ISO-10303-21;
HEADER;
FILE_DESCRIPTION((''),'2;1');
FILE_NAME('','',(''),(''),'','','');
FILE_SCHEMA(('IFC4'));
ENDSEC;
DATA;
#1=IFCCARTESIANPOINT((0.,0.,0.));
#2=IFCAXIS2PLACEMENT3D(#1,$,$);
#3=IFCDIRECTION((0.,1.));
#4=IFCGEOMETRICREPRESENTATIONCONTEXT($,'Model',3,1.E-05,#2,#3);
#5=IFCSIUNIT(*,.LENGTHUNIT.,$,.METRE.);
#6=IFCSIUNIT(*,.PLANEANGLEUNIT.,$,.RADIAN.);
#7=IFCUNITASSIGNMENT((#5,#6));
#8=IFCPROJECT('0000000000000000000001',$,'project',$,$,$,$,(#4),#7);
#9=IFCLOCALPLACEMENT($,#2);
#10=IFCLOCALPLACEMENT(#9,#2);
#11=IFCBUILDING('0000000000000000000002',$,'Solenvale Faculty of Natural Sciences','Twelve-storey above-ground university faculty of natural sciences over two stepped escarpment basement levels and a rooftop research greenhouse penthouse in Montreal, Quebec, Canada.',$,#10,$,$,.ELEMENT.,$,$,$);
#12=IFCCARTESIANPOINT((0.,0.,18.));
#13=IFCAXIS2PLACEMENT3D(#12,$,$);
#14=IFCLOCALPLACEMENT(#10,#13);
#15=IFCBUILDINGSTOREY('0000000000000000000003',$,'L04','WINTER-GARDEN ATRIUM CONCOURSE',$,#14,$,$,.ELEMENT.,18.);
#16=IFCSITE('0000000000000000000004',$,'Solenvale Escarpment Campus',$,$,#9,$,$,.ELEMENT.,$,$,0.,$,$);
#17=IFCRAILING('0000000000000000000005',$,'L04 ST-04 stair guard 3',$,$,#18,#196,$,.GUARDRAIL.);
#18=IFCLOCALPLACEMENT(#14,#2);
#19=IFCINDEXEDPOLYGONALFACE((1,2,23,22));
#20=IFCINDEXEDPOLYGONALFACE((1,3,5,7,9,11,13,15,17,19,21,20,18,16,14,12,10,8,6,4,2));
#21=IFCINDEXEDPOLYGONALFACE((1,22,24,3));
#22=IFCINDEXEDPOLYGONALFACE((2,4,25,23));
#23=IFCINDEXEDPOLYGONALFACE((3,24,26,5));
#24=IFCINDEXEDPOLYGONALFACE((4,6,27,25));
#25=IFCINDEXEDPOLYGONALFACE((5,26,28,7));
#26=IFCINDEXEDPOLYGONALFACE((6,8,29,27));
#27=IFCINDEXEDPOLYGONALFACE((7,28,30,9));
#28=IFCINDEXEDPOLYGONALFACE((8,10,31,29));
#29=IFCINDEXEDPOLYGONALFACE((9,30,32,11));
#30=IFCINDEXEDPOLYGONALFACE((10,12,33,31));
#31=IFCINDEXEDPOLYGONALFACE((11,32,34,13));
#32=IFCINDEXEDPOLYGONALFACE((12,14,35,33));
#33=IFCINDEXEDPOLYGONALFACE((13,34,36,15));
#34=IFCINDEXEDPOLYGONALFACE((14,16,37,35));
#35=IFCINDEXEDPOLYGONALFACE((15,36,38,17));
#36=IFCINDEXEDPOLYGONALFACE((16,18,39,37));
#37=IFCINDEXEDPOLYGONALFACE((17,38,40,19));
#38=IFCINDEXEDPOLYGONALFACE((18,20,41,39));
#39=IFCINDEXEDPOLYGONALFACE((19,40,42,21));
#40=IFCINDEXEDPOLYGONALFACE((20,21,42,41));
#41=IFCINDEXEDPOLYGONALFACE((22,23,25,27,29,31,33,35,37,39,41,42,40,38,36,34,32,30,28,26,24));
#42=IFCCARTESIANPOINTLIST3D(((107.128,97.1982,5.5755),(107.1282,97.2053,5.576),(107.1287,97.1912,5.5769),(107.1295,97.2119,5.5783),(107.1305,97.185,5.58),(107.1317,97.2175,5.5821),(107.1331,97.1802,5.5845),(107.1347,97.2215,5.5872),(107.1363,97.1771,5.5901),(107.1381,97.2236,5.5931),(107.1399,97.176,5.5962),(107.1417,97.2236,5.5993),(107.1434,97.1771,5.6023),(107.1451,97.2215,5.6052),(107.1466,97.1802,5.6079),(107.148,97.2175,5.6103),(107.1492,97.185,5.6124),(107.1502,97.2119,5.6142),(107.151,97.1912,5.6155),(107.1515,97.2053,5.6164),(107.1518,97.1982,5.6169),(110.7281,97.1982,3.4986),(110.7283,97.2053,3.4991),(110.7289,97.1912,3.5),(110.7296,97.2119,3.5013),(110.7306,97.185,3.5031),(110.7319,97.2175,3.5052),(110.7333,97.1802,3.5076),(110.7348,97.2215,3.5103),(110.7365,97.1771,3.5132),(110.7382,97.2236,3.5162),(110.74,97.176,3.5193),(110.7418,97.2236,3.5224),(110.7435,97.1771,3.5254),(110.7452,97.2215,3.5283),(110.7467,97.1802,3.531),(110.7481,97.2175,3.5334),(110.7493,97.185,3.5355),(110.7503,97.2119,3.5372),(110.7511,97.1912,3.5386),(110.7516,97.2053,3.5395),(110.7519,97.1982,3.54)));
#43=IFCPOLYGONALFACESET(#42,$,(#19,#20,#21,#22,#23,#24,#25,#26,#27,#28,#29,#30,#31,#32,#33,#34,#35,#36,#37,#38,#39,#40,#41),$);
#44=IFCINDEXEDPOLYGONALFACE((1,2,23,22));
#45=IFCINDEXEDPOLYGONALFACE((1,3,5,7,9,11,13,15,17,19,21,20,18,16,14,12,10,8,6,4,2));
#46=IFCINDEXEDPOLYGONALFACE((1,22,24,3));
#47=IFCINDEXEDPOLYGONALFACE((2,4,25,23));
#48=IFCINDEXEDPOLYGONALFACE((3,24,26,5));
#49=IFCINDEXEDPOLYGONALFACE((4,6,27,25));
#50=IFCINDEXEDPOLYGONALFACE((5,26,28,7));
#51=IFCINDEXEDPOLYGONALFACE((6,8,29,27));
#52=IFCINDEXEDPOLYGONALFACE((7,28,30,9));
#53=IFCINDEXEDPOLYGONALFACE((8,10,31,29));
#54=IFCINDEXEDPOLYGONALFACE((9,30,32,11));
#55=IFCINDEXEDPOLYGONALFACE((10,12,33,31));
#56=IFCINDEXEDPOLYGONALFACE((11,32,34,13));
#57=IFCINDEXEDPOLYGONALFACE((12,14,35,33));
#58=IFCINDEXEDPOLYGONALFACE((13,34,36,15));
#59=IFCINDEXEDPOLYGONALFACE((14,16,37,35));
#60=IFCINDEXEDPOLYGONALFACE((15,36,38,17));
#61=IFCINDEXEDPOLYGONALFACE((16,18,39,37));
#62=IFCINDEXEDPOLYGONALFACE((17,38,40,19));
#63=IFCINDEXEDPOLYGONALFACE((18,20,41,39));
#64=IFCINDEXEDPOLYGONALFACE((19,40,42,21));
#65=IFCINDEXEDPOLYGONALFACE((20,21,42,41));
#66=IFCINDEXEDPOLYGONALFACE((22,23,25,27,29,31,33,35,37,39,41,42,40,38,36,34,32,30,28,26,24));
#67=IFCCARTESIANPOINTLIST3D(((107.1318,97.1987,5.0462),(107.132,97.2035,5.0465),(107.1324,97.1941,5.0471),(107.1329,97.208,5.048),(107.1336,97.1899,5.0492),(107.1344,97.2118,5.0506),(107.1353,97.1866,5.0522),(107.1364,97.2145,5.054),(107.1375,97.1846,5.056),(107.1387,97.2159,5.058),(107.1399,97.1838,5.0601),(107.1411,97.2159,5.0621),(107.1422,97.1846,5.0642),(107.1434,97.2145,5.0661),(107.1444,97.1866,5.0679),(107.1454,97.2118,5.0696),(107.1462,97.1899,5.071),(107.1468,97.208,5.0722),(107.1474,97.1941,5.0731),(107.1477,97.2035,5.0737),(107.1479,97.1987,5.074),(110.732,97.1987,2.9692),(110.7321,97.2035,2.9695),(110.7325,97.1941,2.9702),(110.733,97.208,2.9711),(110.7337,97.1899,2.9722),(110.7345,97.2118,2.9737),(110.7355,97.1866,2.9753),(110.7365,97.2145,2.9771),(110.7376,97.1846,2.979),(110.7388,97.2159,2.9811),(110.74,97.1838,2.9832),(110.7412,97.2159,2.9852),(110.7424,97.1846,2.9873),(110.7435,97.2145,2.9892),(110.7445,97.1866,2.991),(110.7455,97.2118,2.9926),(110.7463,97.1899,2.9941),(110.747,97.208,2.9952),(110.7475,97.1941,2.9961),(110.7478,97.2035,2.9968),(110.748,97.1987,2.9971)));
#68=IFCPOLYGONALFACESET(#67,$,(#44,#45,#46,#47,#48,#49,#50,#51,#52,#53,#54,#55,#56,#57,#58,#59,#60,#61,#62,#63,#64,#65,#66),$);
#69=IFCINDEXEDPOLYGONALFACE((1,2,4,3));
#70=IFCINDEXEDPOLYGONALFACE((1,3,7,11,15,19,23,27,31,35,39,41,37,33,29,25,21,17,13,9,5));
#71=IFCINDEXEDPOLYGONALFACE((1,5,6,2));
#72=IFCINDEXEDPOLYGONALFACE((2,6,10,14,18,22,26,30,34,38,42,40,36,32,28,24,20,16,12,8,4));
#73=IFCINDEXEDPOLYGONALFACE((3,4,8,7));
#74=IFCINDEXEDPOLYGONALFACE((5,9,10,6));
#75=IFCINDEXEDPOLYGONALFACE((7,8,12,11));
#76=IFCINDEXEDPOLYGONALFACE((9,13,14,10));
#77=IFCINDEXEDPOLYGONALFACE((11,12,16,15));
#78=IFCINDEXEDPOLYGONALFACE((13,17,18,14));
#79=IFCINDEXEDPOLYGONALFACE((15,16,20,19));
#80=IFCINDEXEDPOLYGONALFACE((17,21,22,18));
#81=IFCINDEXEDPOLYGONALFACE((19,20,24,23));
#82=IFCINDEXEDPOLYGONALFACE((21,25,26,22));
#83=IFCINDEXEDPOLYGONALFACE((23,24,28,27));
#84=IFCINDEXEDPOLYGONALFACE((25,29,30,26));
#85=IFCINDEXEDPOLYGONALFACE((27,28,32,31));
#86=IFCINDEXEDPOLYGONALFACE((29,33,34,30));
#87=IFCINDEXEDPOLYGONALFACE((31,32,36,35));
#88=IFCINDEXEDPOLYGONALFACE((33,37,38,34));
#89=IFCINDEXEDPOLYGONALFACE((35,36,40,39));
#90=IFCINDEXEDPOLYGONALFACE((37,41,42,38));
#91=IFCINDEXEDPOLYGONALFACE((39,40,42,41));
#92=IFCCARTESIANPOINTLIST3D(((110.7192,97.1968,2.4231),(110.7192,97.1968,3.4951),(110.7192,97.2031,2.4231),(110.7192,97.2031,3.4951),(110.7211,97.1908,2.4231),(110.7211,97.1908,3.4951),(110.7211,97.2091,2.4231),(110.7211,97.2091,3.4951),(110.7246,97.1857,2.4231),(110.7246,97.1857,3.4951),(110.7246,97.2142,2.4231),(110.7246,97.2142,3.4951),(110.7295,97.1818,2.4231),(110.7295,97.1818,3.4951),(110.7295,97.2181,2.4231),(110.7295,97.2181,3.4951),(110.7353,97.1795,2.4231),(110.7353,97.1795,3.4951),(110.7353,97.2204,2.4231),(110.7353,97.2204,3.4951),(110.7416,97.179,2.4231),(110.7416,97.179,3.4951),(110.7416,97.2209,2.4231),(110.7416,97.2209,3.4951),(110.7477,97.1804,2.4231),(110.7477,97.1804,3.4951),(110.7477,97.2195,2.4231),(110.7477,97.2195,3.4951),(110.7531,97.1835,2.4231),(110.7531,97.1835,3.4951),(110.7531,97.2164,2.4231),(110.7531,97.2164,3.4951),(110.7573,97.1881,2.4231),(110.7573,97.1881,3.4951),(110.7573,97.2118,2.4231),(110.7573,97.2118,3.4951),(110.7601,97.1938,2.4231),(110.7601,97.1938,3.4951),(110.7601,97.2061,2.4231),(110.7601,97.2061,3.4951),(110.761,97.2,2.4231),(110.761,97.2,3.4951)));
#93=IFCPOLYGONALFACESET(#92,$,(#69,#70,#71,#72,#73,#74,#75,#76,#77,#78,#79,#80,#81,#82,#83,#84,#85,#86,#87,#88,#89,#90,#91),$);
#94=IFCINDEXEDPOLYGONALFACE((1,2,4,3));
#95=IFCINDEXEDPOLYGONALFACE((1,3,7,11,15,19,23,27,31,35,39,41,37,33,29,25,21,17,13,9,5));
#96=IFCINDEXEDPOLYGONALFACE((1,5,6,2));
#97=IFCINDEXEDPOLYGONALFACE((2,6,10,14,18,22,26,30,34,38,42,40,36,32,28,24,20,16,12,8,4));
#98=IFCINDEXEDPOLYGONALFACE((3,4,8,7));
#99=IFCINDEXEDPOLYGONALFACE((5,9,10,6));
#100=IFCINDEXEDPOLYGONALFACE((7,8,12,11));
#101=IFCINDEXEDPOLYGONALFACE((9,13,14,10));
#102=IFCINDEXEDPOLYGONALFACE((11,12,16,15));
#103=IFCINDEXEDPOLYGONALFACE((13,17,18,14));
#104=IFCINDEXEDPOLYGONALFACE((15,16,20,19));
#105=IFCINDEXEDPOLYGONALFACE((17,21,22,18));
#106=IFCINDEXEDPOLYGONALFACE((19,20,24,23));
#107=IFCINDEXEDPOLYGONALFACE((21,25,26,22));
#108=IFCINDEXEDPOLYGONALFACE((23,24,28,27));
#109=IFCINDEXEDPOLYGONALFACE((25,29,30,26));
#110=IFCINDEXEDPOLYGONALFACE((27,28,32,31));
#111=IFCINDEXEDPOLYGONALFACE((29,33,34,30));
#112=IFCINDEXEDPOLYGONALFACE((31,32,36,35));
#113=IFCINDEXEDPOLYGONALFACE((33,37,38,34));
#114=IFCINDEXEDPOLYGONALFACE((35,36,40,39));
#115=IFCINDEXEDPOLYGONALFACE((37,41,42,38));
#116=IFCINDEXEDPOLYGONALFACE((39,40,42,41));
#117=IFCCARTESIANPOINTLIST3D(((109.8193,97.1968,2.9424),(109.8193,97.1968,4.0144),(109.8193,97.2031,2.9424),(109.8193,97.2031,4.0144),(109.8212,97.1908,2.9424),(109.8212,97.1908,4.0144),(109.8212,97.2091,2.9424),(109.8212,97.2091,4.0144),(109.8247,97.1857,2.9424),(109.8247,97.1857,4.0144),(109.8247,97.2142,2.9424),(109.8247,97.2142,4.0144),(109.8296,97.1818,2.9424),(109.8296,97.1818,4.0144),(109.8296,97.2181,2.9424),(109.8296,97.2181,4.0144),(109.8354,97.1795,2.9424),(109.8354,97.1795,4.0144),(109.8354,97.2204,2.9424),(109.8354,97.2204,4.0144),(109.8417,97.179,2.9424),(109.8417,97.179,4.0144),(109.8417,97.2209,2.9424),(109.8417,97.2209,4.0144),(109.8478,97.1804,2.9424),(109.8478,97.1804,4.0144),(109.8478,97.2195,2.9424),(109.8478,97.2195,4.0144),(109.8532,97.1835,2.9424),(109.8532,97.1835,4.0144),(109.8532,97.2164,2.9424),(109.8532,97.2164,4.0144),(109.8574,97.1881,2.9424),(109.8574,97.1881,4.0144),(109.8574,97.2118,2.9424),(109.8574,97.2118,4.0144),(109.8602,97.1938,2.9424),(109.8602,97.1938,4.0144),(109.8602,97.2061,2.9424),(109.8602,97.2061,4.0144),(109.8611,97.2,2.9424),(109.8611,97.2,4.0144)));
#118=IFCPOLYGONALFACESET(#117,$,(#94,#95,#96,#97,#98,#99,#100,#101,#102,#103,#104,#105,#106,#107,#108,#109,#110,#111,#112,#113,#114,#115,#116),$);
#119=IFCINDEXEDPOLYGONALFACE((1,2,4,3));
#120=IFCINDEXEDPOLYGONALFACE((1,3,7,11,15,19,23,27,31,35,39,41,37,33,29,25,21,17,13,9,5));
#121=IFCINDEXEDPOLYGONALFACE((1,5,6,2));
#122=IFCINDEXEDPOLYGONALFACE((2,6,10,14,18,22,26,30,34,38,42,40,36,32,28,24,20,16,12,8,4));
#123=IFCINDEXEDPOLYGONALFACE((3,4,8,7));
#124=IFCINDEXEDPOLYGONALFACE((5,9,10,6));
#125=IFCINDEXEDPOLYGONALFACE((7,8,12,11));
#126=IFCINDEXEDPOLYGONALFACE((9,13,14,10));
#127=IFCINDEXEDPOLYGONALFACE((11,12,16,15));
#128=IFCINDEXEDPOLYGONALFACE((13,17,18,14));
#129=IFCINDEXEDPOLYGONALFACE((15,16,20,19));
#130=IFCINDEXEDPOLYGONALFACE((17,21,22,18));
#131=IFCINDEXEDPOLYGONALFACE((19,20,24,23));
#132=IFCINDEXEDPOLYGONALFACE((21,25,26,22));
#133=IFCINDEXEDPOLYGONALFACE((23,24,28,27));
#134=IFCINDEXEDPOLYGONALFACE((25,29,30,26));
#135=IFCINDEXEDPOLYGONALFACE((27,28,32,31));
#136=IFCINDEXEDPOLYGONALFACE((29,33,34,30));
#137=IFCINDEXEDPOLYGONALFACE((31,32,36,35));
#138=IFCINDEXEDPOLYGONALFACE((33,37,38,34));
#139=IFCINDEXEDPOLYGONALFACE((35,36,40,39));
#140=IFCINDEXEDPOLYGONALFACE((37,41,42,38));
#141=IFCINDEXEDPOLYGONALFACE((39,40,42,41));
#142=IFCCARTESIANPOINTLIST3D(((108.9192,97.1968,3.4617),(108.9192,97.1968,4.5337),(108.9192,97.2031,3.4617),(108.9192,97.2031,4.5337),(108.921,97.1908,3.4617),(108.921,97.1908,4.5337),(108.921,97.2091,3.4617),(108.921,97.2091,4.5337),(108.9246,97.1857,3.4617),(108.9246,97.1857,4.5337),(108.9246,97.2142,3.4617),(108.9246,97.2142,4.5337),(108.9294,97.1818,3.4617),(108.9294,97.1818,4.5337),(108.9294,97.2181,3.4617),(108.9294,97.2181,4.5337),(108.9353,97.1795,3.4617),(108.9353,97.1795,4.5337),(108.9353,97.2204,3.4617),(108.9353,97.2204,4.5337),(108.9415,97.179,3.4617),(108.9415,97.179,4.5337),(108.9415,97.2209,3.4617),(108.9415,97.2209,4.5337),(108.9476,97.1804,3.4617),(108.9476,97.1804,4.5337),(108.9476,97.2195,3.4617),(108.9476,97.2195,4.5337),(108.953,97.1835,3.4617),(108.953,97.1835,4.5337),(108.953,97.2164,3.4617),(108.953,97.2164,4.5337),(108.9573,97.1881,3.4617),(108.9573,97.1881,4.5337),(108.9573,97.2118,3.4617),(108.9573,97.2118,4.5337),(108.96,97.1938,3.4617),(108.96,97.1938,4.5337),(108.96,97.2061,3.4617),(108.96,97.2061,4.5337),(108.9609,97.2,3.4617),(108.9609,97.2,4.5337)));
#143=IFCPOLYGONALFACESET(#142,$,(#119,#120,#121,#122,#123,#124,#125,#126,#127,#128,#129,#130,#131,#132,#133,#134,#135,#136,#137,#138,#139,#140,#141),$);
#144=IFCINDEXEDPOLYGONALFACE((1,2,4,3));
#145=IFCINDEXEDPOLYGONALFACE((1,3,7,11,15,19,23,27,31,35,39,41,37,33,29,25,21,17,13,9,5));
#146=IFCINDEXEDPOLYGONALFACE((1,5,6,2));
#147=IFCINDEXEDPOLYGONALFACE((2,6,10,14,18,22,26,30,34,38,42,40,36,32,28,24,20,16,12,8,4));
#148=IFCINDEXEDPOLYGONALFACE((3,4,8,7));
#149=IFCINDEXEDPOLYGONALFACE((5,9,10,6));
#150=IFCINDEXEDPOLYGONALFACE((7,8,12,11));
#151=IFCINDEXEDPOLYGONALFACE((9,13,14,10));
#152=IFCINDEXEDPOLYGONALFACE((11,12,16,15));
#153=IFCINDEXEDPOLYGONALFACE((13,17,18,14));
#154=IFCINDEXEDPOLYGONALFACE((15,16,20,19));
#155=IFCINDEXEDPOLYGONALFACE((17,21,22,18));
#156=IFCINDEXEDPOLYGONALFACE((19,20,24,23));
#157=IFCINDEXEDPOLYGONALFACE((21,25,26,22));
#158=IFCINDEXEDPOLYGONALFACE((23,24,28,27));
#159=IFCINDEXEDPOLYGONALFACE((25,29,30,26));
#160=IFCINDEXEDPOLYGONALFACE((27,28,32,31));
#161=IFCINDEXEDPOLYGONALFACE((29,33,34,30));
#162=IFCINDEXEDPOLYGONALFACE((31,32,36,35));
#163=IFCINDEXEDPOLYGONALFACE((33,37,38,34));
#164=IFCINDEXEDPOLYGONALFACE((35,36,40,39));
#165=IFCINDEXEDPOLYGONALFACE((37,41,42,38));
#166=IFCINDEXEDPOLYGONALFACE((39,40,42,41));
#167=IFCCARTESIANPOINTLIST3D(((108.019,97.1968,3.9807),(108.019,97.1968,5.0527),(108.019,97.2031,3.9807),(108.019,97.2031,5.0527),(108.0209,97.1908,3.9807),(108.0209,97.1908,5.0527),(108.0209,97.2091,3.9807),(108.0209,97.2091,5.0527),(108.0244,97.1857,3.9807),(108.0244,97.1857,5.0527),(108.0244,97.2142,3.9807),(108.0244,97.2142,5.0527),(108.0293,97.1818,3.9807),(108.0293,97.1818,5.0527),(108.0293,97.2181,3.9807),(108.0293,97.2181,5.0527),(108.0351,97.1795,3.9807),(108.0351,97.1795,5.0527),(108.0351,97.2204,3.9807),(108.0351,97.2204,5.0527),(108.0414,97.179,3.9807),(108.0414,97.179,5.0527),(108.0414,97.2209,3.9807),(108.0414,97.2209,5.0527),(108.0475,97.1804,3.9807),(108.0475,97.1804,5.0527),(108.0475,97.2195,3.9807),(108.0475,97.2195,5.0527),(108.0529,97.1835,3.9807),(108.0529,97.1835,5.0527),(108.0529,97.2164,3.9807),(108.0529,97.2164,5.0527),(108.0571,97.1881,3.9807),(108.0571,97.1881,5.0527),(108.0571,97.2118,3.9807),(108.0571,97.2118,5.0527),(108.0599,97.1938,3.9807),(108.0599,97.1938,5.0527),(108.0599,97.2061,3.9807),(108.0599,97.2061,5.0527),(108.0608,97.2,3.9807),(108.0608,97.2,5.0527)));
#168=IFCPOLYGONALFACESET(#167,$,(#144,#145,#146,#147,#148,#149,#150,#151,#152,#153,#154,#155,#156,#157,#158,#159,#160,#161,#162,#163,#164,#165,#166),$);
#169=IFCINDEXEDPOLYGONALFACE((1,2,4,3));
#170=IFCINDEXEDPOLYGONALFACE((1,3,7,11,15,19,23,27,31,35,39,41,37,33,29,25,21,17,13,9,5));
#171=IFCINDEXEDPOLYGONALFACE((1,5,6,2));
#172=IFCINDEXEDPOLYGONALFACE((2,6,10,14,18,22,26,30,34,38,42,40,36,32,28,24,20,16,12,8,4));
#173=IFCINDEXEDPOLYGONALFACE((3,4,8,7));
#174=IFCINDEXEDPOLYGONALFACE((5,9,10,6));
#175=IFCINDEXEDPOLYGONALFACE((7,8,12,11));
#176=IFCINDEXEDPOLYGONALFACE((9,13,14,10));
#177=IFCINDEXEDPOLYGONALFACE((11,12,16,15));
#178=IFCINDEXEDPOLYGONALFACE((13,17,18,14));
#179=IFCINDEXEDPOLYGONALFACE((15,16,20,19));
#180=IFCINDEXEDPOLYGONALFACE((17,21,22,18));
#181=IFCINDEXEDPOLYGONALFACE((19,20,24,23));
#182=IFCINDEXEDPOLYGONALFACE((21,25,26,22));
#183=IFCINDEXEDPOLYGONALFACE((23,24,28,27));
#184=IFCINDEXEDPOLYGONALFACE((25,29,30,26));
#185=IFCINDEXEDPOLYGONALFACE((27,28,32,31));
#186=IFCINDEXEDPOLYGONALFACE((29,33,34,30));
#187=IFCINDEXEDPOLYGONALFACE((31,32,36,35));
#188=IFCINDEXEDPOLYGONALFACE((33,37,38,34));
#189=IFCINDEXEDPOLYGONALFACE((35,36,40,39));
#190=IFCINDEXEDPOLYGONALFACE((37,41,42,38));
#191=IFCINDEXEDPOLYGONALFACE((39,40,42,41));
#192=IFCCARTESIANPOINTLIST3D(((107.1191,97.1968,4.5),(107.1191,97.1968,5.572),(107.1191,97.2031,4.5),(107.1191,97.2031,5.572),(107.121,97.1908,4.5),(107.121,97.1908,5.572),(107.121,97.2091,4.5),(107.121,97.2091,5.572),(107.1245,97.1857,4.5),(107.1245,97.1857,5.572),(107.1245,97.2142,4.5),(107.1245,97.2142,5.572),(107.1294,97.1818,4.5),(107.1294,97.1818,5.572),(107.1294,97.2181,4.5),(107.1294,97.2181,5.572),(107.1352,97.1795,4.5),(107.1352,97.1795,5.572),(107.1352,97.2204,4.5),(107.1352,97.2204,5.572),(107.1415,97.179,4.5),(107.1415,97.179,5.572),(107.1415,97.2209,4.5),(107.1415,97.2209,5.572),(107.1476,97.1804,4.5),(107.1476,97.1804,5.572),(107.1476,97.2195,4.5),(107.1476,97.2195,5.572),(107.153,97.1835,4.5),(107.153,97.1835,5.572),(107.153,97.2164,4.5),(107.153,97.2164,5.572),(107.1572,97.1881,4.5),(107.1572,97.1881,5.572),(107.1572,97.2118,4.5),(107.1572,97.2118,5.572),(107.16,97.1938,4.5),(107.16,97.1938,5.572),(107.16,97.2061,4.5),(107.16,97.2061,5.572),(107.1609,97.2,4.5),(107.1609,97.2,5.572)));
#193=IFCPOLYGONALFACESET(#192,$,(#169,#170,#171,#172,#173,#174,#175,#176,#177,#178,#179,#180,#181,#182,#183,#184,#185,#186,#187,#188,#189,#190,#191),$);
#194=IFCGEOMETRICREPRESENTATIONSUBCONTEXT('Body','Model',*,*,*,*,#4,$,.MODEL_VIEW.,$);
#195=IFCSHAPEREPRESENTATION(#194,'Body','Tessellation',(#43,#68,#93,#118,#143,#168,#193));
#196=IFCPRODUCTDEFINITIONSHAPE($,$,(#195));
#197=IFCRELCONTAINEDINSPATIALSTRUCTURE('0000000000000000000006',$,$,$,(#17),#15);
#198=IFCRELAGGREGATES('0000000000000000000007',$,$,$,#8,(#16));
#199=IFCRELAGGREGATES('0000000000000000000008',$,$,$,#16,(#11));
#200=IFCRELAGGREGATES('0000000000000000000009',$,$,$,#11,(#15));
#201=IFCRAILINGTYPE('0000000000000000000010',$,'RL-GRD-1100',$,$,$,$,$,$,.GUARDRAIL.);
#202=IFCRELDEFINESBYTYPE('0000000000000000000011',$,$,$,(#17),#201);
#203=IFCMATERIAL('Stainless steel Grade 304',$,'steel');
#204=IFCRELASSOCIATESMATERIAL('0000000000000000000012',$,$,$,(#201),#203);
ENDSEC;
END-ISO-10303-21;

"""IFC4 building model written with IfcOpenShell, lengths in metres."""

from ifc_helpers import new_model, si_unit, direction, frame, origin, origin_2d, place, context, subcontext, project, spatial, circle, extrude, material, type_object, element, save


model = new_model("IFC4")

# Units and contexts
model_context = context("Model", 3, precision=1e-05, world=origin(), true_north=direction((0.0, 1.0)))
body_context = subcontext(model_context, "Body", "Model", "MODEL_VIEW")
ifc_project = project(units=[si_unit("LENGTHUNIT", "METRE"), si_unit("PLANEANGLEUNIT", "RADIAN")], contexts=[model_context])

# Site, building, storey
site_placement = place(None, origin())
site = spatial("IfcSite", under=ifc_project, at=site_placement, Name="Solenvale Escarpment Campus", CompositionType="ELEMENT", RefElevation=0.0)
building_placement = place(site_placement, origin())
building = spatial("IfcBuilding", under=site, at=building_placement, Name="Solenvale Faculty of Natural Sciences", Description="Twelve-storey above-ground university faculty of natural sciences over two stepped escarpment basement levels and a rooftop research greenhouse penthouse in Montreal, Quebec, Canada.", CompositionType="ELEMENT")
storey_placement = place(building_placement, frame((0.0, 0.0, 18.0)))
storey = spatial("IfcBuildingStorey", under=building, at=storey_placement, Name="L04", Description="WINTER-GARDEN ATRIUM CONCOURSE", CompositionType="ELEMENT", Elevation=18.0)

# Railing
ifc_material_1 = material(Name="Stainless steel Grade 304", Category="steel")
railing_type_1 = type_object("IfcRailingType", Name="RL-GRD-1100", PredefinedType="GUARDRAIL", material=ifc_material_1)
railing_1_placement = place(storey_placement, frame((110.74, 97.2, 2.4231)))
element("IfcRailing", 1, at=railing_1_placement, inside=storey, type_object=railing_type_1, Name="L04 ST-04 stair guard 3", PredefinedType="GUARDRAIL", context=body_context, shape_type="SweptSolid", body=[
    extrude(circle(Radius=0.0239, at=origin_2d()), frame((0.0, 0.0, 1.0962), z_axis=(-0.866193, 0.0, 0.499709), x_axis=(0.0, -1.0, 0.0)), (0.0, 0.0, 1.0), 4.1562),
    extrude(circle(Radius=0.0161, at=origin_2d()), frame((0.0, 0.0, 0.5601), z_axis=(-0.866193, 0.0, 0.499709), x_axis=(0.0, -1.0, 0.0)), (0.0, 0.0, 1.0), 4.1562),
    extrude(circle(Radius=0.021, at=origin_2d()), origin(), (0.0, 0.0, 1.0), 1.072),
    extrude(circle(Radius=0.021, at=origin_2d()), frame((-0.8999, 0.0, 0.5193)), (0.0, 0.0, 1.0), 1.072),
    extrude(circle(Radius=0.021, at=origin_2d()), frame((-1.8, 0.0, 1.0386)), (0.0, 0.0, 1.0), 1.072),
    extrude(circle(Radius=0.021, at=origin_2d()), frame((-2.7002, 0.0, 1.5576)), (0.0, 0.0, 1.0), 1.072),
    extrude(circle(Radius=0.021, at=origin_2d()), frame((-3.6001, 0.0, 2.0769)), (0.0, 0.0, 1.0), 1.072),
])

save(model, "model.ifc")
